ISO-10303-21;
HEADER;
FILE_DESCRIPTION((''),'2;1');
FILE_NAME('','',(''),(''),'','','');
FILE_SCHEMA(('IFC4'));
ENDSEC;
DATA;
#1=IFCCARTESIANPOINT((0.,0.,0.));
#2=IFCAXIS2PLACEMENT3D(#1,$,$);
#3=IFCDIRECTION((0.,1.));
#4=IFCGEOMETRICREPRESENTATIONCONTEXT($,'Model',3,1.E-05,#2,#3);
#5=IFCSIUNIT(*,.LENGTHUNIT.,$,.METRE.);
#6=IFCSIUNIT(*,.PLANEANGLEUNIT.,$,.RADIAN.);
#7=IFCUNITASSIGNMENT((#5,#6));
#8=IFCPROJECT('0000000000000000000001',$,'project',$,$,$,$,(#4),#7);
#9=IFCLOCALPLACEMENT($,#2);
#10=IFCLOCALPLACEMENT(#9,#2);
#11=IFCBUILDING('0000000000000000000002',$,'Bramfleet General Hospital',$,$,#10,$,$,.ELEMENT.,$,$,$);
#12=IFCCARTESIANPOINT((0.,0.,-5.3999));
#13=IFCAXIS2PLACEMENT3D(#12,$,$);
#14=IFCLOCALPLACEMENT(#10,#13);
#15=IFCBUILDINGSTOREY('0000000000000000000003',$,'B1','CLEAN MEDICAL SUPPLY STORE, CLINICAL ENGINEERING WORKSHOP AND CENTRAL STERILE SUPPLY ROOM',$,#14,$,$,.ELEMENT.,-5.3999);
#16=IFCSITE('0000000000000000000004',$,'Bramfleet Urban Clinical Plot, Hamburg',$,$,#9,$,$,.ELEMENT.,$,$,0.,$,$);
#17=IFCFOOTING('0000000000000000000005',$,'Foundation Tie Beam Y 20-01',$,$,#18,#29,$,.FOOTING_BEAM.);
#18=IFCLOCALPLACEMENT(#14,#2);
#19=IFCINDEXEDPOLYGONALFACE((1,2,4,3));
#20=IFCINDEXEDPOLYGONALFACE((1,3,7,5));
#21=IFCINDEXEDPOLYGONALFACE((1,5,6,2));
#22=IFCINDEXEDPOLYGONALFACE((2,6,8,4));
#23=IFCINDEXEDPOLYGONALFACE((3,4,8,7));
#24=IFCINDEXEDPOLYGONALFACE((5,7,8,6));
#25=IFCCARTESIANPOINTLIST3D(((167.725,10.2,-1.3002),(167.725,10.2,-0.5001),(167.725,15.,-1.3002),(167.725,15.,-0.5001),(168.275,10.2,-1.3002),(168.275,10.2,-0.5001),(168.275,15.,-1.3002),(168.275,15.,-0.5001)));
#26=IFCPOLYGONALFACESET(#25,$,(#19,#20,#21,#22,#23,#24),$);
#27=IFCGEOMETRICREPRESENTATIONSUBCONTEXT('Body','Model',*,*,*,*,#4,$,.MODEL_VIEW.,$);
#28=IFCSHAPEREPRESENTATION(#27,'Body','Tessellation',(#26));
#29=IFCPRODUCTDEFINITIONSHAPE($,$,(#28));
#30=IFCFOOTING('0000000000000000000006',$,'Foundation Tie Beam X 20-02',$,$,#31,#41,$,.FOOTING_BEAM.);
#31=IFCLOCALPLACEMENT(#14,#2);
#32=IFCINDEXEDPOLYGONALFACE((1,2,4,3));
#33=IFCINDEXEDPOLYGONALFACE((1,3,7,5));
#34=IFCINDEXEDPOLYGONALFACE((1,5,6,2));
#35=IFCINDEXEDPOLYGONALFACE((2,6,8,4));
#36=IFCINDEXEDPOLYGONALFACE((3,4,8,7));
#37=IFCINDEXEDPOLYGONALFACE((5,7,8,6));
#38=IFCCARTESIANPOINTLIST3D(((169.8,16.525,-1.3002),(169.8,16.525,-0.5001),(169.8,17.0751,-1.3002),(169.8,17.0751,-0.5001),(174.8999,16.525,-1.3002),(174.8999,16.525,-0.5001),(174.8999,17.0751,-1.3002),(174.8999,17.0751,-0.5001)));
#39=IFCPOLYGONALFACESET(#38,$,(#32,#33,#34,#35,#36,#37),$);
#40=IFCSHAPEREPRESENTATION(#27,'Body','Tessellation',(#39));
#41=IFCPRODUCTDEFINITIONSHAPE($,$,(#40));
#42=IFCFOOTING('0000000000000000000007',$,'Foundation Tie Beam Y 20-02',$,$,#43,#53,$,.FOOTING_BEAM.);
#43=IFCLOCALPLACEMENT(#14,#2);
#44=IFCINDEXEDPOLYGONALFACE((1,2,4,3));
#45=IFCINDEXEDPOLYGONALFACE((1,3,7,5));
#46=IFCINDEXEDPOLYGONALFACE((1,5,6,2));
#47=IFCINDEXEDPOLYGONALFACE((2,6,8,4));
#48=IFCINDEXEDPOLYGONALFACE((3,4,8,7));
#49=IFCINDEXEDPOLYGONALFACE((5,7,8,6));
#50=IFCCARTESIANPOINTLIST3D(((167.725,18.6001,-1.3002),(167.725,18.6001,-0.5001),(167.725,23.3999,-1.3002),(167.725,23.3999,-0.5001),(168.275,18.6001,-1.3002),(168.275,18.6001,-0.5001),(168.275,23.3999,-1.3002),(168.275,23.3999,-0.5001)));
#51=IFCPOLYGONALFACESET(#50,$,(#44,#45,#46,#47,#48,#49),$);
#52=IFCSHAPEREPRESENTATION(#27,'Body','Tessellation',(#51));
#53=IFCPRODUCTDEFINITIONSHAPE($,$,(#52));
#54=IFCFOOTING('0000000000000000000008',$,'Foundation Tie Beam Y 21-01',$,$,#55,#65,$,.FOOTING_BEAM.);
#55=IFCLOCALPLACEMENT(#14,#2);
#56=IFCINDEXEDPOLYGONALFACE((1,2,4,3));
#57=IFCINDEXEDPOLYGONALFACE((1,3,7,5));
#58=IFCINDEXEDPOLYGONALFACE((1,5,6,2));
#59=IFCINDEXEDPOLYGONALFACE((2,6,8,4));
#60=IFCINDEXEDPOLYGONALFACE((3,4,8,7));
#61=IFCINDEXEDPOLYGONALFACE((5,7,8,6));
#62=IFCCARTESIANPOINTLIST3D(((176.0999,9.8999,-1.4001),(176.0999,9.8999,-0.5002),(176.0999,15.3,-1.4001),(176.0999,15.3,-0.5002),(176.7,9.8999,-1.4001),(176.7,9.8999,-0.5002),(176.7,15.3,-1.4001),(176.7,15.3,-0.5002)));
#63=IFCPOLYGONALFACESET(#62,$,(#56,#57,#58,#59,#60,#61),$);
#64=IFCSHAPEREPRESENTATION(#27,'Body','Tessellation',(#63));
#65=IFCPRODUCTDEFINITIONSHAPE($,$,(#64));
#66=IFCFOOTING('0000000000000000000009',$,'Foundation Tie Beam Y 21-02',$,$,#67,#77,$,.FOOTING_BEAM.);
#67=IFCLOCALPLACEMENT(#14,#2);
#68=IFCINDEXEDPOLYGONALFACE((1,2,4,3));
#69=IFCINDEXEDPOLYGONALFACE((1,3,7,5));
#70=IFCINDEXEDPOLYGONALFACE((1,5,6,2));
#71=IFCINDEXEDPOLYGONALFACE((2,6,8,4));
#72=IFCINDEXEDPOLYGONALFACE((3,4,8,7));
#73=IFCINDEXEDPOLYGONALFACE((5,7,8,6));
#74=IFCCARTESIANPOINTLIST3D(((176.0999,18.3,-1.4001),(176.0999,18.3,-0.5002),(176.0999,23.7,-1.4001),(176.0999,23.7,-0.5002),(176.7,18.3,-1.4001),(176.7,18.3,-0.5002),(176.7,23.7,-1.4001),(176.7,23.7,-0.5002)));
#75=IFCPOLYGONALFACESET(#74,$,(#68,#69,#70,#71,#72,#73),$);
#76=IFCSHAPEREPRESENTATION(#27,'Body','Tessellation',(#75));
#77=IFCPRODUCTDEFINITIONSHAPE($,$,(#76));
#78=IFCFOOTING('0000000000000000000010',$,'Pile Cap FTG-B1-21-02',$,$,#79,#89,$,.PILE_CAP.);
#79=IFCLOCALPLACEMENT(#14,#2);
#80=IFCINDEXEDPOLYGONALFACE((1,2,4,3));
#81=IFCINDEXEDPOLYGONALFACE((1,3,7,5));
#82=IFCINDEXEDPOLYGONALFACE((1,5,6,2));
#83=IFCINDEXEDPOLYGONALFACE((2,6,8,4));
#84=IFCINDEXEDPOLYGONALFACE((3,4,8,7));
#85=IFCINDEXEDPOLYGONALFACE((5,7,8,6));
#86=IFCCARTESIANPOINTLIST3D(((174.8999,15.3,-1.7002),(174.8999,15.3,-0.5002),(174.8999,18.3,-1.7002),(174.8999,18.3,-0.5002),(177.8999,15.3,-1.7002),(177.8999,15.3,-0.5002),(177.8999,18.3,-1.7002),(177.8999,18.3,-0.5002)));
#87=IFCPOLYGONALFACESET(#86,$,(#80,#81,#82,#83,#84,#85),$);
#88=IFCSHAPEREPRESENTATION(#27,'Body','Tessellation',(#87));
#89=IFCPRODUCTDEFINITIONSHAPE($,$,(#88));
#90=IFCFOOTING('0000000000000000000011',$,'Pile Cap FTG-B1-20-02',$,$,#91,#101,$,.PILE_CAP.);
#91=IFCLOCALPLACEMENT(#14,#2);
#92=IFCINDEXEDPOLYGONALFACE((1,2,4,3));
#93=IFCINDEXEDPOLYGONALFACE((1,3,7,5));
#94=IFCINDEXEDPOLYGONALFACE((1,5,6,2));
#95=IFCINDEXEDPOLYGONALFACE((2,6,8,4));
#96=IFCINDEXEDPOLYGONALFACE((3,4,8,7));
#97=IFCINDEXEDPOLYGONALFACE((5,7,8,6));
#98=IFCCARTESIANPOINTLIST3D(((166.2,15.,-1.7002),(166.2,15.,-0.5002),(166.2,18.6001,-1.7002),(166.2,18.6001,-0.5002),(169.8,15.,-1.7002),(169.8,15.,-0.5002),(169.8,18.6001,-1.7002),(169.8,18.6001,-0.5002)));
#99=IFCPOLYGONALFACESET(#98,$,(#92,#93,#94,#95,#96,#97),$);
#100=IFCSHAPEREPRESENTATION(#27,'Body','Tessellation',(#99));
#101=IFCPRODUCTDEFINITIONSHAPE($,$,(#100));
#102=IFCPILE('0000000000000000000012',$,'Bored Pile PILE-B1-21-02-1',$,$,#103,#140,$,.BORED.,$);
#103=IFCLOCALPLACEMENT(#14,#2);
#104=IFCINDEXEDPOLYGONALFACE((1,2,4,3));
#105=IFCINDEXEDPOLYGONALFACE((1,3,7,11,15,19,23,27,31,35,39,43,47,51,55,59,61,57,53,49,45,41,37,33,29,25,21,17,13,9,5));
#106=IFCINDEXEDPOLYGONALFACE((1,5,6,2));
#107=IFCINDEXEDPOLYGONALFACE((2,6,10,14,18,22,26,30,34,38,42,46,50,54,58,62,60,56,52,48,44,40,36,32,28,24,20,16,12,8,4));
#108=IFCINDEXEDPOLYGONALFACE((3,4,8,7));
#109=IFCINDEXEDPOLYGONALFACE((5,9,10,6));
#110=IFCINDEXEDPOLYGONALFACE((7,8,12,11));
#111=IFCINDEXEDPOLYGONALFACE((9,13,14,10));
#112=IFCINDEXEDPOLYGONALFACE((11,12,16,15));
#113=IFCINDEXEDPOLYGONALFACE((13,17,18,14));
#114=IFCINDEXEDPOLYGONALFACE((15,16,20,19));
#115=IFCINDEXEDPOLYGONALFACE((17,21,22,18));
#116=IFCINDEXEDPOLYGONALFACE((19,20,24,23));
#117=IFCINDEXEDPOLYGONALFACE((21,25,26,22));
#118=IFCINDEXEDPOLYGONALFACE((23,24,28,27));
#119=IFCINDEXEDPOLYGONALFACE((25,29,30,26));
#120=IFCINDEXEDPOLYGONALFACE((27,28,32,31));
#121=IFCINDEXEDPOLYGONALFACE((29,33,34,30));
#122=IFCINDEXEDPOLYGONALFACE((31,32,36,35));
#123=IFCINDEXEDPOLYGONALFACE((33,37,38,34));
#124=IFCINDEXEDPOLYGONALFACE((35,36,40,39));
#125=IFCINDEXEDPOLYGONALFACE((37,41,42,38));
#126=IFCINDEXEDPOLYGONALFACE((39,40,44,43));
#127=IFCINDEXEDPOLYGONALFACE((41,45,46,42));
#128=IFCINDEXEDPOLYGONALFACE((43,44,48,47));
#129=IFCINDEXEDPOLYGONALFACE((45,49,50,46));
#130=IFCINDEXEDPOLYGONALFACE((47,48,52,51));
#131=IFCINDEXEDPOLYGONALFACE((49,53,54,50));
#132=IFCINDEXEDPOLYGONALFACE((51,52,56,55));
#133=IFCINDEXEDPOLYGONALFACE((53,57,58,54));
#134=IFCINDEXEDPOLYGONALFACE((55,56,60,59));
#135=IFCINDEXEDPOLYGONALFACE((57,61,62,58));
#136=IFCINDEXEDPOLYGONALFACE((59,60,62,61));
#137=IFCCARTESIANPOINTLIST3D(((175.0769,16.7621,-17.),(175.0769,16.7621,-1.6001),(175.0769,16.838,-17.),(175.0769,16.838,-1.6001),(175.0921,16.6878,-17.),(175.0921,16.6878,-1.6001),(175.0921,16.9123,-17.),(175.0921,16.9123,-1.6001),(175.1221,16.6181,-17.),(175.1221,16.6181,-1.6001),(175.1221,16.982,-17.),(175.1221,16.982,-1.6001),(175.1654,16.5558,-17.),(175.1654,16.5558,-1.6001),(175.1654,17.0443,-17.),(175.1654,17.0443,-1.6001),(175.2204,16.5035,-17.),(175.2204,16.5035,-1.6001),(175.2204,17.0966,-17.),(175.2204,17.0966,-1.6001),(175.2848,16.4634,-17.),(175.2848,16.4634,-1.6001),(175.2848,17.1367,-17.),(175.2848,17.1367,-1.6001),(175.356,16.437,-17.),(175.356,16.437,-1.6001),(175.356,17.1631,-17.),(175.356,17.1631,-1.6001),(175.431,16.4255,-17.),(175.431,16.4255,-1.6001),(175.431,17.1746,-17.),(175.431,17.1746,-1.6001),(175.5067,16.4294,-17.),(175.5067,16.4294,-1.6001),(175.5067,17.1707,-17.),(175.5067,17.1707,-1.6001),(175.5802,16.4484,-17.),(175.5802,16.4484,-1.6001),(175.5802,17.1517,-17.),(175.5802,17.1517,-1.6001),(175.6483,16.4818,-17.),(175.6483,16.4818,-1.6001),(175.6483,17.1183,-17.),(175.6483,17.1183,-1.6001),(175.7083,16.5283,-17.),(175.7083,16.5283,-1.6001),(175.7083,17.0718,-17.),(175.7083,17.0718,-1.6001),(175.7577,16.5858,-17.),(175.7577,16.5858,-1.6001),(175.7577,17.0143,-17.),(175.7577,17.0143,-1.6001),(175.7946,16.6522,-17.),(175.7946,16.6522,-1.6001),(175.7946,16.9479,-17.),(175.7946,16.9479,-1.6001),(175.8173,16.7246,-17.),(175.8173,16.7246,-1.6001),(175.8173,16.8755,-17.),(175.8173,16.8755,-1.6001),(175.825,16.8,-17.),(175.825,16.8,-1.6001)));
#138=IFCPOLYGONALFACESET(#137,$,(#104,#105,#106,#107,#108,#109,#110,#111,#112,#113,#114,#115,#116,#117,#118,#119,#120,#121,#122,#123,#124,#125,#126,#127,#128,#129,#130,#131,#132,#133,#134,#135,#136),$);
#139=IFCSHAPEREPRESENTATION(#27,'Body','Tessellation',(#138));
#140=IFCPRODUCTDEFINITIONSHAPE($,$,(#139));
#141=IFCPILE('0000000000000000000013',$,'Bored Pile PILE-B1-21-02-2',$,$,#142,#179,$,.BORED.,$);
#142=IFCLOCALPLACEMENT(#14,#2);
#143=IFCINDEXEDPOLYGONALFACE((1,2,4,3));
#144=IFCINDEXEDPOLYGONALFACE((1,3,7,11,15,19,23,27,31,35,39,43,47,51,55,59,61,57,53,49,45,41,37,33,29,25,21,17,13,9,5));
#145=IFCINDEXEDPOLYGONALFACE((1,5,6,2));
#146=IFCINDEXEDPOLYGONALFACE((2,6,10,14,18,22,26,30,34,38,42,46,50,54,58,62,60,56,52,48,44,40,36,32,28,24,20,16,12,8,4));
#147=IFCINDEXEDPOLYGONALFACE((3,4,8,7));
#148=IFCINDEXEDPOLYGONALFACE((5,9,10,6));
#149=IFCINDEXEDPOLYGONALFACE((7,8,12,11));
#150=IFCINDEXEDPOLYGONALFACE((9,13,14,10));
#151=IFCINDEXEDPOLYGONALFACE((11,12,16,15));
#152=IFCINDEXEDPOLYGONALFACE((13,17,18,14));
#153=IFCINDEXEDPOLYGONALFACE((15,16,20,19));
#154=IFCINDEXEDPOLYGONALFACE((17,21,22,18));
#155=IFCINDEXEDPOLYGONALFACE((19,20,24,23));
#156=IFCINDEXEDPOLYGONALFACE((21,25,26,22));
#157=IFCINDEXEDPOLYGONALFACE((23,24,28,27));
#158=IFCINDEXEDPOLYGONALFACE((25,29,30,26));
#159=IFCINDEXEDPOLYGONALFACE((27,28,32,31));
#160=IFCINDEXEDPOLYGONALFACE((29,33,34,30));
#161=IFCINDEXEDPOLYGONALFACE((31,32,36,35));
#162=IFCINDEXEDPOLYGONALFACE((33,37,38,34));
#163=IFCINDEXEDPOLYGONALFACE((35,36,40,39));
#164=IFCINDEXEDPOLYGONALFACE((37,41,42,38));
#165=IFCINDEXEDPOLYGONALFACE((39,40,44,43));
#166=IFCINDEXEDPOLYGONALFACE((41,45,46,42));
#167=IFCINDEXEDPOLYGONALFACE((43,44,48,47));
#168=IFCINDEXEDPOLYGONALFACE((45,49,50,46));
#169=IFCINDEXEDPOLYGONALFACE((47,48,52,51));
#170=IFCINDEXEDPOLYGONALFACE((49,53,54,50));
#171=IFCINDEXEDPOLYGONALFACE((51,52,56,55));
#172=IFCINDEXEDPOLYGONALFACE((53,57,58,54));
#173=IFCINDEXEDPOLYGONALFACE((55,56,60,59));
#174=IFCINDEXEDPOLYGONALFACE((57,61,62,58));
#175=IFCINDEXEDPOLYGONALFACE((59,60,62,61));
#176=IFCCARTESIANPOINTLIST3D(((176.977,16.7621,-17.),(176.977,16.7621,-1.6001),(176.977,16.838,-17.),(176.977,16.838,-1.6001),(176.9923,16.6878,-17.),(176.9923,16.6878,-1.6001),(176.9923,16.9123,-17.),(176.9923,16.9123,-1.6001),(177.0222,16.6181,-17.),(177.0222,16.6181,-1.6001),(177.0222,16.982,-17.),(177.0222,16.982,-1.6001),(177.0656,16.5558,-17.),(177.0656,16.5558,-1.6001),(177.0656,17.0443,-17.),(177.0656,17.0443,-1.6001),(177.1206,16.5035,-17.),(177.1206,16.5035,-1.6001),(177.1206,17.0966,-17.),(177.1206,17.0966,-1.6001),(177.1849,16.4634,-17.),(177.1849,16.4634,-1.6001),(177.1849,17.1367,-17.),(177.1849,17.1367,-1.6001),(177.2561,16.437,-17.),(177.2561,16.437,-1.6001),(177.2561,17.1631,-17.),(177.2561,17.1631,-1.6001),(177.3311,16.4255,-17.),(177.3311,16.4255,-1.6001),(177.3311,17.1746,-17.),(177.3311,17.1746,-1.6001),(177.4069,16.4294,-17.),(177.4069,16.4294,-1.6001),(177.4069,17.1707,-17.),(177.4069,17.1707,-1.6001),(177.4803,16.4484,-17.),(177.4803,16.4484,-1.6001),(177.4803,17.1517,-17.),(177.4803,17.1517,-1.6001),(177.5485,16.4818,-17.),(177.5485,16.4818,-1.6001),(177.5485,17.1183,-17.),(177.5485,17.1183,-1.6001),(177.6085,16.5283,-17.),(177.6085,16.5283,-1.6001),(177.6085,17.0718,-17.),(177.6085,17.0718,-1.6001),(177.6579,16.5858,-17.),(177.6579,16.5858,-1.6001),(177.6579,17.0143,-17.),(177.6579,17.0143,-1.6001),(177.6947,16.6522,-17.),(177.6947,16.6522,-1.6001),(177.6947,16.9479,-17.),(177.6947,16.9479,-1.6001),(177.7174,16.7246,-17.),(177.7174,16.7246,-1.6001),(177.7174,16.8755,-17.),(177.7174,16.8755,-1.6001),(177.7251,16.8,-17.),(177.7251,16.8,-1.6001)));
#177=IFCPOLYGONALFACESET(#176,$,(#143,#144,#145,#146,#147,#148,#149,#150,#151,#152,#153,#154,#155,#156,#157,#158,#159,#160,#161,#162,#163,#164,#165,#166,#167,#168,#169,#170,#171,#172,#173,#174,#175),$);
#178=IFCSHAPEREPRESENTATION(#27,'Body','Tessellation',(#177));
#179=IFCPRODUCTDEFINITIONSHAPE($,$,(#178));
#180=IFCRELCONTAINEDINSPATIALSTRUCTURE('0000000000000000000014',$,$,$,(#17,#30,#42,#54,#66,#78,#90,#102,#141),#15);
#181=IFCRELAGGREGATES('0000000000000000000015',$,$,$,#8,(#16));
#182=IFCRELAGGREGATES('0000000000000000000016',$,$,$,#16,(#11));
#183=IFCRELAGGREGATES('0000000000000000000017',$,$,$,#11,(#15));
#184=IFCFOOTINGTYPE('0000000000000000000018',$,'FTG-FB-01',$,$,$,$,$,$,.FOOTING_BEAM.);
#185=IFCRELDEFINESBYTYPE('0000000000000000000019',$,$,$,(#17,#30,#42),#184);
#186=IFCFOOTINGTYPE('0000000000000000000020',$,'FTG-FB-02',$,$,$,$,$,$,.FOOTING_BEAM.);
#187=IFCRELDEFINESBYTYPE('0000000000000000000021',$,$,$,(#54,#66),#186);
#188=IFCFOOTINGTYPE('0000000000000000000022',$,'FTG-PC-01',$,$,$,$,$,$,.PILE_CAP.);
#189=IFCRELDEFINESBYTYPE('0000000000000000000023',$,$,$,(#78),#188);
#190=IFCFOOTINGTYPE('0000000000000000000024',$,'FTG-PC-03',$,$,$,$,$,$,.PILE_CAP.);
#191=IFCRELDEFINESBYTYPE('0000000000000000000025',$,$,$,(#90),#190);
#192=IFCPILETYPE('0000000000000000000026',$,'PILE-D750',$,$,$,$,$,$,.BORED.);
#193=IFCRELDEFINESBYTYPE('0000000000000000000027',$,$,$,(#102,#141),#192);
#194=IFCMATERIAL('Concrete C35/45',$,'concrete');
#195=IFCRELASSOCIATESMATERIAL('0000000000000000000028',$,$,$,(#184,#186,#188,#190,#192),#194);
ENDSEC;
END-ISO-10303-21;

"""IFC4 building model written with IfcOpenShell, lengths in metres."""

from ifc_helpers import new_model, si_unit, direction, frame, origin, origin_2d, place, context, subcontext, project, spatial, rectangle, circle, extrude, material, material_profile, profile_set, type_object, element, save


model = new_model("IFC4")

# Units and contexts
model_context = context("Model", 3, precision=1e-05, world=origin(), true_north=direction((0.0, 1.0)))
body_context = subcontext(model_context, "Body", "Model", "MODEL_VIEW")
ifc_project = project(units=[si_unit("LENGTHUNIT", "METRE"), si_unit("PLANEANGLEUNIT", "RADIAN")], contexts=[model_context])

# Site, building, storey
site_placement = place(None, origin())
site = spatial("IfcSite", under=ifc_project, at=site_placement, Name="Bramfleet Urban Clinical Plot, Hamburg", CompositionType="ELEMENT", RefElevation=0.0)
building_placement = place(site_placement, origin())
building = spatial("IfcBuilding", under=site, at=building_placement, Name="Bramfleet General Hospital", CompositionType="ELEMENT")
storey_placement = place(building_placement, frame((0.0, 0.0, -5.3999)))
storey = spatial("IfcBuildingStorey", under=building, at=storey_placement, Name="B1", Description="CLEAN MEDICAL SUPPLY STORE, CLINICAL ENGINEERING WORKSHOP AND CENTRAL STERILE SUPPLY ROOM", CompositionType="ELEMENT", Elevation=-5.3999)

# Footings
ifc_material_1 = material(Name="Concrete C35/45", Category="concrete")
ifc_material_profile_1 = material_profile(ifc_material_1, rectangle(XDim=0.55, YDim=0.8, at=origin_2d()), Name="RC FB 800x550")
ifc_profile_set_1 = profile_set([ifc_material_profile_1], Name="Concrete C35/45")
footing_type_1 = type_object("IfcFootingType", Name="FTG-FB-01", PredefinedType="FOOTING_BEAM", material=ifc_profile_set_1)
footing_1_placement = place(storey_placement, frame((168.0, 10.2, -0.9001), z_axis=(0.0, 1.0, 0.0), x_axis=(-1.0, 0.0, 0.0)))
element("IfcFooting", 1, at=footing_1_placement, inside=storey, type_object=footing_type_1, Name="Foundation Tie Beam Y 20-01", PredefinedType="FOOTING_BEAM", context=body_context, shape_type="SweptSolid", body=[
    extrude(rectangle(XDim=0.55, YDim=0.8, at=origin_2d()), origin(), (0.0, 0.0, 1.0), 4.8),
])
footing_2_placement = place(storey_placement, frame((169.8, 16.8, -0.9001), z_axis=(1.0, 0.0, 0.0), x_axis=(0.0, 1.0, 0.0)))
element("IfcFooting", 2, at=footing_2_placement, inside=storey, type_object=footing_type_1, Name="Foundation Tie Beam X 20-02", PredefinedType="FOOTING_BEAM", context=body_context, shape_type="SweptSolid", body=[
    extrude(rectangle(XDim=0.55, YDim=0.8, at=origin_2d()), origin(), (0.0, 0.0, 1.0), 5.0999),
])
footing_3_placement = place(storey_placement, frame((168.0, 18.6001, -0.9001), z_axis=(0.0, 1.0, 0.0), x_axis=(-1.0, 0.0, 0.0)))
element("IfcFooting", 3, at=footing_3_placement, inside=storey, type_object=footing_type_1, Name="Foundation Tie Beam Y 20-02", PredefinedType="FOOTING_BEAM", context=body_context, shape_type="SweptSolid", body=[
    extrude(rectangle(XDim=0.55, YDim=0.8, at=origin_2d()), origin(), (0.0, 0.0, 1.0), 4.7998),
])
ifc_material_profile_2 = material_profile(ifc_material_1, rectangle(XDim=0.6001, YDim=0.8999, at=origin_2d()), Name="RC FB 900x600")
ifc_profile_set_2 = profile_set([ifc_material_profile_2], Name="Concrete C35/45")
footing_type_2 = type_object("IfcFootingType", Name="FTG-FB-02", PredefinedType="FOOTING_BEAM", material=ifc_profile_set_2)
footing_4_placement = place(storey_placement, frame((176.3999, 9.8999, -0.9502), z_axis=(0.0, 1.0, 0.0), x_axis=(-1.0, 0.0, 0.0)))
element("IfcFooting", 4, at=footing_4_placement, inside=storey, type_object=footing_type_2, Name="Foundation Tie Beam Y 21-01", PredefinedType="FOOTING_BEAM", context=body_context, shape_type="SweptSolid", body=[
    extrude(rectangle(XDim=0.6001, YDim=0.8999, at=origin_2d()), origin(), (0.0, 0.0, 1.0), 5.4001),
])
footing_5_placement = place(storey_placement, frame((176.3999, 18.3, -0.9502), z_axis=(0.0, 1.0, 0.0), x_axis=(-1.0, 0.0, 0.0)))
element("IfcFooting", 5, at=footing_5_placement, inside=storey, type_object=footing_type_2, Name="Foundation Tie Beam Y 21-02", PredefinedType="FOOTING_BEAM", context=body_context, shape_type="SweptSolid", body=[
    extrude(rectangle(XDim=0.6001, YDim=0.8999, at=origin_2d()), origin(), (0.0, 0.0, 1.0), 5.3999),
])
footing_type_3 = type_object("IfcFootingType", Name="FTG-PC-01", PredefinedType="PILE_CAP", material=ifc_material_1)
footing_6_placement = place(storey_placement, frame((176.3999, 16.8, -1.7002), z_axis=(0.0, 0.0, 1.0), x_axis=(1.0, 0.0, 0.0)))
element("IfcFooting", 6, at=footing_6_placement, inside=storey, type_object=footing_type_3, Name="Pile Cap FTG-B1-21-02", PredefinedType="PILE_CAP", context=body_context, shape_type="SweptSolid", body=[
    extrude(rectangle(XDim=3.0, YDim=3.0, at=origin_2d()), origin(), (0.0, 0.0, 1.0), 1.2),
])
footing_type_4 = type_object("IfcFootingType", Name="FTG-PC-03", PredefinedType="PILE_CAP", material=ifc_material_1)
footing_7_placement = place(storey_placement, frame((168.0, 16.8, -1.7002), z_axis=(0.0, 0.0, 1.0), x_axis=(1.0, 0.0, 0.0)))
element("IfcFooting", 7, at=footing_7_placement, inside=storey, type_object=footing_type_4, Name="Pile Cap FTG-B1-20-02", PredefinedType="PILE_CAP", context=body_context, shape_type="SweptSolid", body=[
    extrude(rectangle(XDim=3.6001, YDim=3.6001, at=origin_2d()), origin(), (0.0, 0.0, 1.0), 1.2),
])

# Piles
ifc_material_profile_3 = material_profile(ifc_material_1, circle(Radius=0.375, at=origin_2d()), Name="PILE BORED D750")
ifc_profile_set_3 = profile_set([ifc_material_profile_3], Name="Concrete C35/45")
pile_type_1 = type_object("IfcPileType", Name="PILE-D750", PredefinedType="BORED", material=ifc_profile_set_3)
for number, where, z_axis, x_axis, name in (
    (8, (175.45, 16.8, -1.6001), (0.0, 0.0, -1.0), (1.0, 0.0, 0.0), "Bored Pile PILE-B1-21-02-1"),
    (9, (177.3501, 16.8, -1.6001), (0.0, 0.0, -1.0), (1.0, 0.0, 0.0), "Bored Pile PILE-B1-21-02-2"),
):
    element("IfcPile", number, at=place(storey_placement, frame(where, z_axis=z_axis, x_axis=x_axis)), inside=storey, type_object=pile_type_1, Name=name, PredefinedType="BORED", context=body_context, shape_type="SweptSolid", body=[
        extrude(circle(Radius=0.375, at=origin_2d()), origin(), (0.0, 0.0, 1.0), 15.3999),
    ])

save(model, "model.ifc")
